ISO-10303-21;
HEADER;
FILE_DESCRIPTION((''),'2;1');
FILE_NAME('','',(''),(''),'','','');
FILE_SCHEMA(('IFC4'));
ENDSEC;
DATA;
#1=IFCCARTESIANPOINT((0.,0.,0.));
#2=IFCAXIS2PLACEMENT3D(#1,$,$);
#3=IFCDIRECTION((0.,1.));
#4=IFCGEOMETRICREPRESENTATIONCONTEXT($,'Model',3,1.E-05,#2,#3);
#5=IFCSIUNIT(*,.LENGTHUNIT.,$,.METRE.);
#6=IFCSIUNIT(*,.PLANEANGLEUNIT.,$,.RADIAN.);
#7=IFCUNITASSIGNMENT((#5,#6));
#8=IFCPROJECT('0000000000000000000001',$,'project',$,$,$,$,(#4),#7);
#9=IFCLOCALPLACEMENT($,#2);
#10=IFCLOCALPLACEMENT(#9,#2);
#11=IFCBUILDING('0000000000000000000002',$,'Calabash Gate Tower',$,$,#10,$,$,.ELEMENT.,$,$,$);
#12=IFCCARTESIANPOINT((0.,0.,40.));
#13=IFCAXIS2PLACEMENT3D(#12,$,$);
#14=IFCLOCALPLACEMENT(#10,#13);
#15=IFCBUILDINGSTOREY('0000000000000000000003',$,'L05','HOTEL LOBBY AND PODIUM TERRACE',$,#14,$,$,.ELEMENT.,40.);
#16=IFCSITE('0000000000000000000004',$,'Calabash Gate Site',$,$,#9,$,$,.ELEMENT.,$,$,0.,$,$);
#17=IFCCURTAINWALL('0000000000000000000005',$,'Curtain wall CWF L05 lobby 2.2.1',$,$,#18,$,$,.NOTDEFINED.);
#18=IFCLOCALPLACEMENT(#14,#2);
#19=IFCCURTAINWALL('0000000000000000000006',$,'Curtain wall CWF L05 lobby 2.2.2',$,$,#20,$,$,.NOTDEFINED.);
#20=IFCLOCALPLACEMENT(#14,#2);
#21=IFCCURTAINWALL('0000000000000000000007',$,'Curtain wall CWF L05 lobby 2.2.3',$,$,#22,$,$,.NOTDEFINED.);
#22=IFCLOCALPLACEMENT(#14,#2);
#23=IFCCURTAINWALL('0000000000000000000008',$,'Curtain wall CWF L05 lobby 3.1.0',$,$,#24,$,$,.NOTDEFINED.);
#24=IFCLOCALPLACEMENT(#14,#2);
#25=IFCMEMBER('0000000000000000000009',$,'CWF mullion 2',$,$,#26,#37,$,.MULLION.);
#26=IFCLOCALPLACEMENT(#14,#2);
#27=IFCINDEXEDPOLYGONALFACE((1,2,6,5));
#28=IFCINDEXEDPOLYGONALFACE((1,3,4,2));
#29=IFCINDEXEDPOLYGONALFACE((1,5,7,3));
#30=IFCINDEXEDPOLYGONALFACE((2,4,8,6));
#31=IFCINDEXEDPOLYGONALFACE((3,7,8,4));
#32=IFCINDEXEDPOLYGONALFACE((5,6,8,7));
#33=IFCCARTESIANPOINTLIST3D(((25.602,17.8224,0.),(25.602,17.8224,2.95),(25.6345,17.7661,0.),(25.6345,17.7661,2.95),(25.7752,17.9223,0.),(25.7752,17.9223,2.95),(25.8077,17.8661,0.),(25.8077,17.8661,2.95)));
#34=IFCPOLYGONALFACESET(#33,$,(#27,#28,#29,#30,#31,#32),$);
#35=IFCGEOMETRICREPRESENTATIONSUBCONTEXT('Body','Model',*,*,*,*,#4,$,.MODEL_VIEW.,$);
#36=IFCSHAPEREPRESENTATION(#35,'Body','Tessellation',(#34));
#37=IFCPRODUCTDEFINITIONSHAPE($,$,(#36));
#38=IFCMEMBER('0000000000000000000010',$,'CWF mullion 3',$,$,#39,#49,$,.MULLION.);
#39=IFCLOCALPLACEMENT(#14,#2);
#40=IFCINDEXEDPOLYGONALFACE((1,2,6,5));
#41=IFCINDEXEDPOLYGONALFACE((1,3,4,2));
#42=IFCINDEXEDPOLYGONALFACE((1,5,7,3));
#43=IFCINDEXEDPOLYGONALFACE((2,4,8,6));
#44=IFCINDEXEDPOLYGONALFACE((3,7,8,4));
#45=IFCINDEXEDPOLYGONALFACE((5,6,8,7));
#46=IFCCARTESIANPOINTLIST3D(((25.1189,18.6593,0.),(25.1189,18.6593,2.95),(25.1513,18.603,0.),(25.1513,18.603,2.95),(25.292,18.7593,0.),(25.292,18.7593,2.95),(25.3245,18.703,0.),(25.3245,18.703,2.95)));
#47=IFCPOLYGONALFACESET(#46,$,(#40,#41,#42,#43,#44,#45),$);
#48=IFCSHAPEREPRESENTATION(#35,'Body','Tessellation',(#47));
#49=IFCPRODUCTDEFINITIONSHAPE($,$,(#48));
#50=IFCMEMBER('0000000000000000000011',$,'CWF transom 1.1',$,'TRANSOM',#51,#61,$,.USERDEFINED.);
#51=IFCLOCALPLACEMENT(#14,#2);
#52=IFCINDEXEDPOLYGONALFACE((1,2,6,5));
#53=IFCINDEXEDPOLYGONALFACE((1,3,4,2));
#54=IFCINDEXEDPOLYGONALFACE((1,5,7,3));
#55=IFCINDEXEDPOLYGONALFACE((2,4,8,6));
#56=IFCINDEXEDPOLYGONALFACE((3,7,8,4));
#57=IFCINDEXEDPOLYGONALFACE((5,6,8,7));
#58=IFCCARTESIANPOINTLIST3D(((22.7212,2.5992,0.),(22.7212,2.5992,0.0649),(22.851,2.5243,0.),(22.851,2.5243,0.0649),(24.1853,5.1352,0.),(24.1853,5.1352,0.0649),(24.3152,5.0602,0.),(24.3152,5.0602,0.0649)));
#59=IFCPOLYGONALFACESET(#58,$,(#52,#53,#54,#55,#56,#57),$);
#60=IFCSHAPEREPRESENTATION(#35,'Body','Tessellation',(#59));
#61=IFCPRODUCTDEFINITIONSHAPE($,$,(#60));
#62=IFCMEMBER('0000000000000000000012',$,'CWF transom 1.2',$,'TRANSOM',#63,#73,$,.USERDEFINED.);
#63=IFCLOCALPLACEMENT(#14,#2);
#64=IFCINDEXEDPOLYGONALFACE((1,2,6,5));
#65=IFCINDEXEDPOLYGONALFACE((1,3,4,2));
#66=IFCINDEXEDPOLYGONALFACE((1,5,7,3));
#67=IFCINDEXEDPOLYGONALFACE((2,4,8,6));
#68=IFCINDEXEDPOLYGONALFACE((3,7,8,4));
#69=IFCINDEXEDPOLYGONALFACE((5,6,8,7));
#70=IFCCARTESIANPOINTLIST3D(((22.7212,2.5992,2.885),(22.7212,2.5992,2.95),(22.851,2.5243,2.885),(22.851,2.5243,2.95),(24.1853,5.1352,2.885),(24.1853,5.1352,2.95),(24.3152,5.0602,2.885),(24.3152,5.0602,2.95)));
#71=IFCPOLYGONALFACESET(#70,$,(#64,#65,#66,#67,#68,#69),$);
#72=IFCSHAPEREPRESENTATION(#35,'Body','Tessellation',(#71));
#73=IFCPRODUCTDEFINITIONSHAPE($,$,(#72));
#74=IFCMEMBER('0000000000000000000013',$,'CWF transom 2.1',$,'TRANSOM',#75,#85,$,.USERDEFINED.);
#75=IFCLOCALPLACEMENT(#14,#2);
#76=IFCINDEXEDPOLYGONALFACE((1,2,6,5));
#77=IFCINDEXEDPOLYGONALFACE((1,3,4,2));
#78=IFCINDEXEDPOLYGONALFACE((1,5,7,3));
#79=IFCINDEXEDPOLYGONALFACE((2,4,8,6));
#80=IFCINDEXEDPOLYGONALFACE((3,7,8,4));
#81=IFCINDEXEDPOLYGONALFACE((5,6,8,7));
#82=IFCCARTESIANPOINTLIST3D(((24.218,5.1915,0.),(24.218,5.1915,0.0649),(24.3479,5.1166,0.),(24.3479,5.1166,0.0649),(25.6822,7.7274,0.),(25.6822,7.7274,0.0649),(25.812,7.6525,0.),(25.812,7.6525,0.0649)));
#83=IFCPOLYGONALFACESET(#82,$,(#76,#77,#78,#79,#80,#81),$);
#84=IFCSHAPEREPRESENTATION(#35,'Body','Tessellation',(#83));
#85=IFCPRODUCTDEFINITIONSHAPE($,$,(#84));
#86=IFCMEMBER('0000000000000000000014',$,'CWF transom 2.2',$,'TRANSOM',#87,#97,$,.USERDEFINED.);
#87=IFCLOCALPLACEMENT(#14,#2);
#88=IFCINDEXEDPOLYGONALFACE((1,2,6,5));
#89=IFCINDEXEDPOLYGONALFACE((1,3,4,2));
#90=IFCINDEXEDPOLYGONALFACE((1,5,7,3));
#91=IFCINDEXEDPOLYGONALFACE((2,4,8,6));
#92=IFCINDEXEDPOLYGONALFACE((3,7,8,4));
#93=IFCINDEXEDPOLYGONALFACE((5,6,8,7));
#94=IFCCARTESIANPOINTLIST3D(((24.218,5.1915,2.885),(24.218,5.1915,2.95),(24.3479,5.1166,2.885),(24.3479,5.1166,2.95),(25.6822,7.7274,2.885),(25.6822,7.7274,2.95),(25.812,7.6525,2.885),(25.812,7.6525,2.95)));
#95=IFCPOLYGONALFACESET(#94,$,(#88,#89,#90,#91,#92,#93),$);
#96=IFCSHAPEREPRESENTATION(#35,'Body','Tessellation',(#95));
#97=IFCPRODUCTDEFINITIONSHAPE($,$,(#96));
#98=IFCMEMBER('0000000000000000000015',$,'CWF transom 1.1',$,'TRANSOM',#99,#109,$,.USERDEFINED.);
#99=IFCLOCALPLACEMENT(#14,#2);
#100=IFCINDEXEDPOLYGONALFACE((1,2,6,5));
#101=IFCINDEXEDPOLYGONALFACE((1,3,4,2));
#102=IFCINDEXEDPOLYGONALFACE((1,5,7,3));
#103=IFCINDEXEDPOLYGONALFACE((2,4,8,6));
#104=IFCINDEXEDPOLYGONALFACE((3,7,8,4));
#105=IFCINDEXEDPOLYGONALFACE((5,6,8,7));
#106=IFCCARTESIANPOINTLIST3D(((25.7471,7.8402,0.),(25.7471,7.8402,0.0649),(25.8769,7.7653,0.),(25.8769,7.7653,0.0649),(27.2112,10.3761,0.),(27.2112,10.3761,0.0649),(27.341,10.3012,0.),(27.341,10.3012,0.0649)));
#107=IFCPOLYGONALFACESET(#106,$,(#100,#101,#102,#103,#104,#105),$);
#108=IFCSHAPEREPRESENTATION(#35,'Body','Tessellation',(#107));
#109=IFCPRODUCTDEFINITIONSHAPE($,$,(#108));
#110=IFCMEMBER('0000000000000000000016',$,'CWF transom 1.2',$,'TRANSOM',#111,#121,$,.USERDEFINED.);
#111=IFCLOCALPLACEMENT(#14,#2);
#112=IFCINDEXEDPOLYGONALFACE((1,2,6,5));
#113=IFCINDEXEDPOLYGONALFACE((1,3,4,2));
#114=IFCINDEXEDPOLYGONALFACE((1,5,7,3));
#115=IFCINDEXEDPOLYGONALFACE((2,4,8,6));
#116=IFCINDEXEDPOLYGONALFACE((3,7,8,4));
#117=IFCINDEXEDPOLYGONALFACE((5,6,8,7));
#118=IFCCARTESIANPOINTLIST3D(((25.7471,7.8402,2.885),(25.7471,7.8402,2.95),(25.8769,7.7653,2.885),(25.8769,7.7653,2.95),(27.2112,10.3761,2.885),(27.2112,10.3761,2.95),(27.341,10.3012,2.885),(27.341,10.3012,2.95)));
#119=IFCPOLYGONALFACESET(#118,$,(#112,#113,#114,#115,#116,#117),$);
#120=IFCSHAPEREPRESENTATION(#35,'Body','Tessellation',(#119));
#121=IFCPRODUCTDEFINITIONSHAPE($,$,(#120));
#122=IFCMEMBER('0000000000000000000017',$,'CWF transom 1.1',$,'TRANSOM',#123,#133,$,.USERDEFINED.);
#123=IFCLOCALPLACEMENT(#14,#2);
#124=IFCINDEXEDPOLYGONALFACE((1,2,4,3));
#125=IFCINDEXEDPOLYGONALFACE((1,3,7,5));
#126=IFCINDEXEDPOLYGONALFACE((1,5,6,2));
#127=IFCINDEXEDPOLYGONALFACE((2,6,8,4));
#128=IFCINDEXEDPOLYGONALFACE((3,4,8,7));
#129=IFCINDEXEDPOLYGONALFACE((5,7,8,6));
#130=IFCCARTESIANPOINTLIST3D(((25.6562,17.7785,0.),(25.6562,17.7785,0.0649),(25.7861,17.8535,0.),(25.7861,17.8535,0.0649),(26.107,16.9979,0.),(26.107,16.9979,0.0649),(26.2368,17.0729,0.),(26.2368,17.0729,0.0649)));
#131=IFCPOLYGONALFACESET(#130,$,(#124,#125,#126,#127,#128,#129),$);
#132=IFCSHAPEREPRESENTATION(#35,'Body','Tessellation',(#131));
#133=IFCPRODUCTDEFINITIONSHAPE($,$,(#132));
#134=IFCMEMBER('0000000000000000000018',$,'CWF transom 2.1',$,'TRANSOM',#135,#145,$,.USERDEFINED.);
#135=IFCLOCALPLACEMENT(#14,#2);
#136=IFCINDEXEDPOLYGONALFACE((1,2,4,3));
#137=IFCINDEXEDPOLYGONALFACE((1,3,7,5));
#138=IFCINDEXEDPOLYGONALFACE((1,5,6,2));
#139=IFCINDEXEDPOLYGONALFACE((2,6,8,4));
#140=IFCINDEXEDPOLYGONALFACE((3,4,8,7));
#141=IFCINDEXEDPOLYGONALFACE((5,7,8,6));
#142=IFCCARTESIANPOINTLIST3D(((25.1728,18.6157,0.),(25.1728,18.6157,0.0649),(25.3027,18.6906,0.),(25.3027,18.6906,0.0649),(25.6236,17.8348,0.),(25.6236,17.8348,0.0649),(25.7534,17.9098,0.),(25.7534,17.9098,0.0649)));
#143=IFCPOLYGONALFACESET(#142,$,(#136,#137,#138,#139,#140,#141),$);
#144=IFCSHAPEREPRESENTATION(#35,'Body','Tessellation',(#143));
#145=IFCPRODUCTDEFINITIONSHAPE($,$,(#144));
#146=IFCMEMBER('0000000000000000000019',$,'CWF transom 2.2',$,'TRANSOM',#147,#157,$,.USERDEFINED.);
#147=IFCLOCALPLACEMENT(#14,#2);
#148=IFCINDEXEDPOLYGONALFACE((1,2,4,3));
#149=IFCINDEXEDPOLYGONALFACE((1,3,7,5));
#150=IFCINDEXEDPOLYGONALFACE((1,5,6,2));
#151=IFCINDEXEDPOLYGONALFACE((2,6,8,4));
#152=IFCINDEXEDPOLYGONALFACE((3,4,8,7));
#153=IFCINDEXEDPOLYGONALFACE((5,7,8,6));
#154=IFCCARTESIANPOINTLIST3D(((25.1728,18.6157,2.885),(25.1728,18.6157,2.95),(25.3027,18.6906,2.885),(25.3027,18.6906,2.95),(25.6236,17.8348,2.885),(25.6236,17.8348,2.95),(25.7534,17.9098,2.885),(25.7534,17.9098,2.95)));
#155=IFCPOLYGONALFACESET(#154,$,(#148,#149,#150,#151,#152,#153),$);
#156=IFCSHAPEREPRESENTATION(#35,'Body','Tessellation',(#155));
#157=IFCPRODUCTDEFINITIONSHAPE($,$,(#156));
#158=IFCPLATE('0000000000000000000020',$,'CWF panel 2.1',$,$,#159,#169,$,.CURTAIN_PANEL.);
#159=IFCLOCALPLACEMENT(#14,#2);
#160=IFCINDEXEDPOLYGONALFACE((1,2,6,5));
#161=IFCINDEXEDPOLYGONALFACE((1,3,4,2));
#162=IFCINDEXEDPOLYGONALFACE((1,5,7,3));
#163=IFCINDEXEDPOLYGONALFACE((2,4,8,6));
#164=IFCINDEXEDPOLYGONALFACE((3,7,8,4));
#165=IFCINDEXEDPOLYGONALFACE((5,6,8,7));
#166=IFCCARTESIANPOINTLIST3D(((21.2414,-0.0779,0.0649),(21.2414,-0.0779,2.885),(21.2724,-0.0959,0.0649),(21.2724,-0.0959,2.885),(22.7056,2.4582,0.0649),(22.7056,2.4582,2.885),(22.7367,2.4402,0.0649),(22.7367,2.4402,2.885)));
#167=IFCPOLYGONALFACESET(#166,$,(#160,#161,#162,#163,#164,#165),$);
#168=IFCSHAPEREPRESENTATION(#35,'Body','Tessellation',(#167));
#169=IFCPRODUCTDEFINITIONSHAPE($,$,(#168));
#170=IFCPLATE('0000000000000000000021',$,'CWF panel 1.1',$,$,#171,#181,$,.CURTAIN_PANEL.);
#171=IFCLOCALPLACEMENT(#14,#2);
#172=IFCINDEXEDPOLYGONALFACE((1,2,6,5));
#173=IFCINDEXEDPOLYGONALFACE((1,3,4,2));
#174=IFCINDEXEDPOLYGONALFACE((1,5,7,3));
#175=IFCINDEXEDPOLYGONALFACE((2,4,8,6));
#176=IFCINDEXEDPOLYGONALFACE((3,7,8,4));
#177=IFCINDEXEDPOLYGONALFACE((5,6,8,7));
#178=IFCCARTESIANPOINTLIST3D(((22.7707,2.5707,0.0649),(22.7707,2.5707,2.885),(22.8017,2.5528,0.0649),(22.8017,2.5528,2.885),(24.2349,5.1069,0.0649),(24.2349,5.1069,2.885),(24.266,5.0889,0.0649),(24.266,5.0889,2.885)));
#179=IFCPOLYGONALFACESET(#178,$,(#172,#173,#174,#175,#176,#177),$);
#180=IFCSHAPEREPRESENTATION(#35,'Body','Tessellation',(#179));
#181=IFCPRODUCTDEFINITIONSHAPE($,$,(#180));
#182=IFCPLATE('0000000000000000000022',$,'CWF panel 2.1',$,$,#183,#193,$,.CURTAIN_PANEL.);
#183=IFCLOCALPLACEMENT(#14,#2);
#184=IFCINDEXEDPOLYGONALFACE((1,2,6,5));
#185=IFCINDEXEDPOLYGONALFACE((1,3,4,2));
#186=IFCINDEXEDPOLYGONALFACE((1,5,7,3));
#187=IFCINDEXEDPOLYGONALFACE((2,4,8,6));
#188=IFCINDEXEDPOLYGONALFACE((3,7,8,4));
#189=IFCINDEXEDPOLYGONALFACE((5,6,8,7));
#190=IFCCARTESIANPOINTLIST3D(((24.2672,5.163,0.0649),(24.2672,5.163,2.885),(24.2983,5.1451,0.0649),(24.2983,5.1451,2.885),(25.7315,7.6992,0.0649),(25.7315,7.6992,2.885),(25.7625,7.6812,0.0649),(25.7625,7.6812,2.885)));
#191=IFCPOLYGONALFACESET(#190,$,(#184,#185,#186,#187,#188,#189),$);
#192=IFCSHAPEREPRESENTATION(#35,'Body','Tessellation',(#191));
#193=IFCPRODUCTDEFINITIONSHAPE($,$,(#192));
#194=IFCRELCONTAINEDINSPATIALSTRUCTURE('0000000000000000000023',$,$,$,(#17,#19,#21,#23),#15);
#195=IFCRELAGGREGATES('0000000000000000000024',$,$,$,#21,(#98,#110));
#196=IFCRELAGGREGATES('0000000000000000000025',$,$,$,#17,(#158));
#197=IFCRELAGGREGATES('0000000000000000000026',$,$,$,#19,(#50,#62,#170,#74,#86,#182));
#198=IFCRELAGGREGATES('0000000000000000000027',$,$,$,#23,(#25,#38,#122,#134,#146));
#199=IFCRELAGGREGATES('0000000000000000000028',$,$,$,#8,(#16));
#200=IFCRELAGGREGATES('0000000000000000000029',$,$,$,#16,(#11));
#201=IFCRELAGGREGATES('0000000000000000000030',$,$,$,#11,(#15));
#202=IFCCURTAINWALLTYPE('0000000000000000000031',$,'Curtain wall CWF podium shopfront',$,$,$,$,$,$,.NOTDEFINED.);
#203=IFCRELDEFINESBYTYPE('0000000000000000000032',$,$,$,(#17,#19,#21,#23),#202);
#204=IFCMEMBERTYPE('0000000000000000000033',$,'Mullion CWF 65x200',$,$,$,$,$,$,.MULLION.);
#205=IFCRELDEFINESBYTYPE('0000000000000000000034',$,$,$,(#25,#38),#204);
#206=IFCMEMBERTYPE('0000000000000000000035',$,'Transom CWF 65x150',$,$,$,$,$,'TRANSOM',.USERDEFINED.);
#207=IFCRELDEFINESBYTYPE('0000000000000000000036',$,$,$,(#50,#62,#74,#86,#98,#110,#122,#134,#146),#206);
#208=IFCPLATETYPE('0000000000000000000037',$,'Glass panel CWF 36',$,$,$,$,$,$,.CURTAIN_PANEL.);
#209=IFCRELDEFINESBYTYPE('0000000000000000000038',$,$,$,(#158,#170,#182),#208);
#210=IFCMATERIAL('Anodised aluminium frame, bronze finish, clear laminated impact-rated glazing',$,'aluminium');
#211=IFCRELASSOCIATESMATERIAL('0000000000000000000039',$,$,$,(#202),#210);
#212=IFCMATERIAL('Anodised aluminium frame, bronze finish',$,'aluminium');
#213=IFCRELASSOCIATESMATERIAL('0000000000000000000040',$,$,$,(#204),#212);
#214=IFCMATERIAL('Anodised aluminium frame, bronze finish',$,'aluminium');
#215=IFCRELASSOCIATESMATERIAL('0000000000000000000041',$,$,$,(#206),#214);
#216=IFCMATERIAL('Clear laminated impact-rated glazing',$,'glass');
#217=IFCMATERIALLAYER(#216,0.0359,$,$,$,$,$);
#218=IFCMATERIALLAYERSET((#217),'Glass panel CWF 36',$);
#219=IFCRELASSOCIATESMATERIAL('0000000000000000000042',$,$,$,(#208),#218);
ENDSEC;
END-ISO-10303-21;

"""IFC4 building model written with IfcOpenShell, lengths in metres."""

from ifc_helpers import new_model, si_unit, direction, frame, origin, origin_2d, place, context, subcontext, project, spatial, rectangle, extrude, material, layer, layer_set, material_profile, profile_set, type_object, element, aggregate, save


model = new_model("IFC4")

# Units and contexts
model_context = context("Model", 3, precision=1e-05, world=origin(), true_north=direction((0.0, 1.0)))
body_context = subcontext(model_context, "Body", "Model", "MODEL_VIEW")
ifc_project = project(units=[si_unit("LENGTHUNIT", "METRE"), si_unit("PLANEANGLEUNIT", "RADIAN")], contexts=[model_context])

# Site, building, storey
site_placement = place(None, origin())
site = spatial("IfcSite", under=ifc_project, at=site_placement, Name="Calabash Gate Site", CompositionType="ELEMENT", RefElevation=0.0)
building_placement = place(site_placement, origin())
building = spatial("IfcBuilding", under=site, at=building_placement, Name="Calabash Gate Tower", CompositionType="ELEMENT")
storey_placement = place(building_placement, frame((0.0, 0.0, 40.0)))
storey = spatial("IfcBuildingStorey", under=building, at=storey_placement, Name="L05", Description="HOTEL LOBBY AND PODIUM TERRACE", CompositionType="ELEMENT", Elevation=40.0)

# Curtain wall
ifc_material_1 = material(Name="Anodised aluminium frame, bronze finish, clear laminated impact-rated glazing", Category="aluminium")
curtain_wall_type = type_object("IfcCurtainWallType", Name="Curtain wall CWF podium shopfront", PredefinedType="NOTDEFINED", material=ifc_material_1)
curtain_wall_1_placement = place(storey_placement, origin())
curtain_wall_1 = element("IfcCurtainWall", 1, at=curtain_wall_1_placement, inside=storey, type_object=curtain_wall_type, Name="Curtain wall CWF L05 lobby 2.2.1", PredefinedType="NOTDEFINED")
ifc_material_2 = material(Name="Anodised aluminium frame, bronze finish", Category="aluminium")
ifc_material_profile_1 = material_profile(ifc_material_2, rectangle(XDim=0.2, YDim=0.0649, at=origin_2d()))
ifc_profile_set_1 = profile_set([ifc_material_profile_1], Name="Anodised aluminium frame, bronze finish")
member_type_1 = type_object("IfcMemberType", Name="Mullion CWF 65x200", PredefinedType="MULLION", material=ifc_profile_set_1)

# Curtain wall
curtain_wall_2_placement = place(storey_placement, origin())
curtain_wall_2 = element("IfcCurtainWall", 2, at=curtain_wall_2_placement, inside=storey, type_object=curtain_wall_type, Name="Curtain wall CWF L05 lobby 2.2.2", PredefinedType="NOTDEFINED")

# Curtain wall
curtain_wall_3_placement = place(storey_placement, origin())
curtain_wall_3 = element("IfcCurtainWall", 3, at=curtain_wall_3_placement, inside=storey, type_object=curtain_wall_type, Name="Curtain wall CWF L05 lobby 2.2.3", PredefinedType="NOTDEFINED")

# Curtain wall, members
curtain_wall_4_placement = place(storey_placement, origin())
curtain_wall_4 = element("IfcCurtainWall", 4, at=curtain_wall_4_placement, inside=storey, type_object=curtain_wall_type, Name="Curtain wall CWF L05 lobby 3.1.0", PredefinedType="NOTDEFINED")
member_1_placement = place(storey_placement, frame((25.7048, 17.8442, 0.0), z_axis=(0.0, 0.0, 1.0), x_axis=(-0.866025, -0.5, 0.0)))
member_1 = element("IfcMember", 5, at=member_1_placement, type_object=member_type_1, Name="CWF mullion 2", PredefinedType="MULLION", context=body_context, shape_type="SweptSolid", body=[
    extrude(rectangle(XDim=0.2, YDim=0.0649, at=origin_2d()), origin(), (0.0, 0.0, 1.0), 2.95),
])
member_2_placement = place(storey_placement, frame((25.2217, 18.6812, 0.0), z_axis=(0.0, 0.0, 1.0), x_axis=(-0.866025, -0.5, 0.0)))
member_2 = element("IfcMember", 6, at=member_2_placement, type_object=member_type_1, Name="CWF mullion 3", PredefinedType="MULLION", context=body_context, shape_type="SweptSolid", body=[
    extrude(rectangle(XDim=0.2, YDim=0.0649, at=origin_2d()), origin(), (0.0, 0.0, 1.0), 2.95),
])

# Members
ifc_material_3 = material(Name="Anodised aluminium frame, bronze finish", Category="aluminium")
ifc_material_profile_2 = material_profile(ifc_material_3, rectangle(XDim=0.1499, YDim=0.0649, at=origin_2d()))
ifc_profile_set_2 = profile_set([ifc_material_profile_2], Name="Anodised aluminium frame, bronze finish")
member_type_2 = type_object("IfcMemberType", Name="Transom CWF 65x150", ElementType="TRANSOM", PredefinedType="USERDEFINED", material=ifc_profile_set_2)
member_3_placement = place(storey_placement, frame((22.7861, 2.5618, 0.0325), z_axis=(0.500004, 0.866023, 0.0), x_axis=(-0.866023, 0.500004, 0.0)))
member_3 = element("IfcMember", 7, at=member_3_placement, type_object=member_type_2, Name="CWF transom 1.1", ObjectType="TRANSOM", PredefinedType="USERDEFINED", context=body_context, shape_type="SweptSolid", body=[
    extrude(rectangle(XDim=0.1499, YDim=0.0649, at=origin_2d()), origin(), (0.0, 0.0, 1.0), 2.9282),
])
member_4_placement = place(storey_placement, frame((22.7861, 2.5618, 2.9175), z_axis=(0.500004, 0.866023, 0.0), x_axis=(-0.866023, 0.500004, 0.0)))
member_4 = element("IfcMember", 8, at=member_4_placement, type_object=member_type_2, Name="CWF transom 1.2", ObjectType="TRANSOM", PredefinedType="USERDEFINED", context=body_context, shape_type="SweptSolid", body=[
    extrude(rectangle(XDim=0.1499, YDim=0.0649, at=origin_2d()), origin(), (0.0, 0.0, 1.0), 2.9282),
])
member_5_placement = place(storey_placement, frame((24.283, 5.1541, 0.0325), z_axis=(0.500004, 0.866023, 0.0), x_axis=(-0.866023, 0.500004, 0.0)))
member_5 = element("IfcMember", 9, at=member_5_placement, type_object=member_type_2, Name="CWF transom 2.1", ObjectType="TRANSOM", PredefinedType="USERDEFINED", context=body_context, shape_type="SweptSolid", body=[
    extrude(rectangle(XDim=0.1499, YDim=0.0649, at=origin_2d()), origin(), (0.0, 0.0, 1.0), 2.9282),
])
member_6_placement = place(storey_placement, frame((24.283, 5.1541, 2.9175), z_axis=(0.500004, 0.866023, 0.0), x_axis=(-0.866023, 0.500004, 0.0)))
member_6 = element("IfcMember", 10, at=member_6_placement, type_object=member_type_2, Name="CWF transom 2.2", ObjectType="TRANSOM", PredefinedType="USERDEFINED", context=body_context, shape_type="SweptSolid", body=[
    extrude(rectangle(XDim=0.1499, YDim=0.0649, at=origin_2d()), origin(), (0.0, 0.0, 1.0), 2.9282),
])
member_7_placement = place(storey_placement, frame((25.812, 7.8027, 0.0325), z_axis=(0.500004, 0.866023, 0.0), x_axis=(-0.866023, 0.500004, 0.0)))
member_7 = element("IfcMember", 11, at=member_7_placement, type_object=member_type_2, Name="CWF transom 1.1", ObjectType="TRANSOM", PredefinedType="USERDEFINED", context=body_context, shape_type="SweptSolid", body=[
    extrude(rectangle(XDim=0.1499, YDim=0.0649, at=origin_2d()), origin(), (0.0, 0.0, 1.0), 2.9282),
])
member_8_placement = place(storey_placement, frame((25.812, 7.8027, 2.9175), z_axis=(0.500004, 0.866023, 0.0), x_axis=(-0.866023, 0.500004, 0.0)))
member_8 = element("IfcMember", 12, at=member_8_placement, type_object=member_type_2, Name="CWF transom 1.2", ObjectType="TRANSOM", PredefinedType="USERDEFINED", context=body_context, shape_type="SweptSolid", body=[
    extrude(rectangle(XDim=0.1499, YDim=0.0649, at=origin_2d()), origin(), (0.0, 0.0, 1.0), 2.9282),
])
aggregate(curtain_wall_3, [member_7, member_8])
member_9_placement = place(storey_placement, frame((26.1719, 17.0354, 0.0325), z_axis=(-0.500043, 0.866001, 0.0), x_axis=(-0.866001, -0.500043, 0.0)))
member_9 = element("IfcMember", 13, at=member_9_placement, type_object=member_type_2, Name="CWF transom 1.1", ObjectType="TRANSOM", PredefinedType="USERDEFINED", context=body_context, shape_type="SweptSolid", body=[
    extrude(rectangle(XDim=0.1499, YDim=0.0649, at=origin_2d()), origin(), (0.0, 0.0, 1.0), 0.9014),
])
member_10_placement = place(storey_placement, frame((25.6885, 17.8723, 0.0325), z_axis=(-0.499926, 0.866068, 0.0), x_axis=(-0.866068, -0.499926, 0.0)))
member_10 = element("IfcMember", 14, at=member_10_placement, type_object=member_type_2, Name="CWF transom 2.1", ObjectType="TRANSOM", PredefinedType="USERDEFINED", context=body_context, shape_type="SweptSolid", body=[
    extrude(rectangle(XDim=0.1499, YDim=0.0649, at=origin_2d()), origin(), (0.0, 0.0, 1.0), 0.9016),
])
member_11_placement = place(storey_placement, frame((25.6885, 17.8723, 2.9175), z_axis=(-0.499926, 0.866068, 0.0), x_axis=(-0.866068, -0.499926, 0.0)))
member_11 = element("IfcMember", 15, at=member_11_placement, type_object=member_type_2, Name="CWF transom 2.2", ObjectType="TRANSOM", PredefinedType="USERDEFINED", context=body_context, shape_type="SweptSolid", body=[
    extrude(rectangle(XDim=0.1499, YDim=0.0649, at=origin_2d()), origin(), (0.0, 0.0, 1.0), 0.9016),
])

# Plates
ifc_material_4 = material(Name="Clear laminated impact-rated glazing", Category="glass")
ifc_layer_1 = layer(ifc_material_4, 0.0359)
ifc_layer_set_1 = layer_set([ifc_layer_1], Name="Glass panel CWF 36")
plate_type = type_object("IfcPlateType", Name="Glass panel CWF 36", PredefinedType="CURTAIN_PANEL", material=ifc_layer_set_1)
plate_1_placement = place(storey_placement, frame((21.989, 1.1812, 0.0649), z_axis=(0.0, 0.0, 1.0), x_axis=(0.5, 0.866025, 0.0)))
plate_1 = element("IfcPlate", 16, at=plate_1_placement, type_object=plate_type, Name="CWF panel 2.1", PredefinedType="CURTAIN_PANEL", context=body_context, shape_type="SweptSolid", body=[
    extrude(rectangle(XDim=2.9285, YDim=0.0359, at=origin_2d()), origin(), (0.0, 0.0, 1.0), 2.8201),
])
aggregate(curtain_wall_1, [plate_1])
plate_2_placement = place(storey_placement, frame((23.5183, 3.8298, 0.0649), z_axis=(0.0, 0.0, 1.0), x_axis=(0.5, 0.866025, 0.0)))
plate_2 = element("IfcPlate", 17, at=plate_2_placement, type_object=plate_type, Name="CWF panel 1.1", PredefinedType="CURTAIN_PANEL", context=body_context, shape_type="SweptSolid", body=[
    extrude(rectangle(XDim=2.9285, YDim=0.0359, at=origin_2d()), origin(), (0.0, 0.0, 1.0), 2.8201),
])
plate_3_placement = place(storey_placement, frame((25.0149, 6.4221, 0.0649), z_axis=(0.0, 0.0, 1.0), x_axis=(0.5, 0.866025, 0.0)))
plate_3 = element("IfcPlate", 18, at=plate_3_placement, type_object=plate_type, Name="CWF panel 2.1", PredefinedType="CURTAIN_PANEL", context=body_context, shape_type="SweptSolid", body=[
    extrude(rectangle(XDim=2.9285, YDim=0.0359, at=origin_2d()), origin(), (0.0, 0.0, 1.0), 2.8201),
])
aggregate(curtain_wall_2, [member_3, member_4, plate_2, member_5, member_6, plate_3])
aggregate(curtain_wall_4, [member_1, member_2, member_9, member_10, member_11])

save(model, "model.ifc")
